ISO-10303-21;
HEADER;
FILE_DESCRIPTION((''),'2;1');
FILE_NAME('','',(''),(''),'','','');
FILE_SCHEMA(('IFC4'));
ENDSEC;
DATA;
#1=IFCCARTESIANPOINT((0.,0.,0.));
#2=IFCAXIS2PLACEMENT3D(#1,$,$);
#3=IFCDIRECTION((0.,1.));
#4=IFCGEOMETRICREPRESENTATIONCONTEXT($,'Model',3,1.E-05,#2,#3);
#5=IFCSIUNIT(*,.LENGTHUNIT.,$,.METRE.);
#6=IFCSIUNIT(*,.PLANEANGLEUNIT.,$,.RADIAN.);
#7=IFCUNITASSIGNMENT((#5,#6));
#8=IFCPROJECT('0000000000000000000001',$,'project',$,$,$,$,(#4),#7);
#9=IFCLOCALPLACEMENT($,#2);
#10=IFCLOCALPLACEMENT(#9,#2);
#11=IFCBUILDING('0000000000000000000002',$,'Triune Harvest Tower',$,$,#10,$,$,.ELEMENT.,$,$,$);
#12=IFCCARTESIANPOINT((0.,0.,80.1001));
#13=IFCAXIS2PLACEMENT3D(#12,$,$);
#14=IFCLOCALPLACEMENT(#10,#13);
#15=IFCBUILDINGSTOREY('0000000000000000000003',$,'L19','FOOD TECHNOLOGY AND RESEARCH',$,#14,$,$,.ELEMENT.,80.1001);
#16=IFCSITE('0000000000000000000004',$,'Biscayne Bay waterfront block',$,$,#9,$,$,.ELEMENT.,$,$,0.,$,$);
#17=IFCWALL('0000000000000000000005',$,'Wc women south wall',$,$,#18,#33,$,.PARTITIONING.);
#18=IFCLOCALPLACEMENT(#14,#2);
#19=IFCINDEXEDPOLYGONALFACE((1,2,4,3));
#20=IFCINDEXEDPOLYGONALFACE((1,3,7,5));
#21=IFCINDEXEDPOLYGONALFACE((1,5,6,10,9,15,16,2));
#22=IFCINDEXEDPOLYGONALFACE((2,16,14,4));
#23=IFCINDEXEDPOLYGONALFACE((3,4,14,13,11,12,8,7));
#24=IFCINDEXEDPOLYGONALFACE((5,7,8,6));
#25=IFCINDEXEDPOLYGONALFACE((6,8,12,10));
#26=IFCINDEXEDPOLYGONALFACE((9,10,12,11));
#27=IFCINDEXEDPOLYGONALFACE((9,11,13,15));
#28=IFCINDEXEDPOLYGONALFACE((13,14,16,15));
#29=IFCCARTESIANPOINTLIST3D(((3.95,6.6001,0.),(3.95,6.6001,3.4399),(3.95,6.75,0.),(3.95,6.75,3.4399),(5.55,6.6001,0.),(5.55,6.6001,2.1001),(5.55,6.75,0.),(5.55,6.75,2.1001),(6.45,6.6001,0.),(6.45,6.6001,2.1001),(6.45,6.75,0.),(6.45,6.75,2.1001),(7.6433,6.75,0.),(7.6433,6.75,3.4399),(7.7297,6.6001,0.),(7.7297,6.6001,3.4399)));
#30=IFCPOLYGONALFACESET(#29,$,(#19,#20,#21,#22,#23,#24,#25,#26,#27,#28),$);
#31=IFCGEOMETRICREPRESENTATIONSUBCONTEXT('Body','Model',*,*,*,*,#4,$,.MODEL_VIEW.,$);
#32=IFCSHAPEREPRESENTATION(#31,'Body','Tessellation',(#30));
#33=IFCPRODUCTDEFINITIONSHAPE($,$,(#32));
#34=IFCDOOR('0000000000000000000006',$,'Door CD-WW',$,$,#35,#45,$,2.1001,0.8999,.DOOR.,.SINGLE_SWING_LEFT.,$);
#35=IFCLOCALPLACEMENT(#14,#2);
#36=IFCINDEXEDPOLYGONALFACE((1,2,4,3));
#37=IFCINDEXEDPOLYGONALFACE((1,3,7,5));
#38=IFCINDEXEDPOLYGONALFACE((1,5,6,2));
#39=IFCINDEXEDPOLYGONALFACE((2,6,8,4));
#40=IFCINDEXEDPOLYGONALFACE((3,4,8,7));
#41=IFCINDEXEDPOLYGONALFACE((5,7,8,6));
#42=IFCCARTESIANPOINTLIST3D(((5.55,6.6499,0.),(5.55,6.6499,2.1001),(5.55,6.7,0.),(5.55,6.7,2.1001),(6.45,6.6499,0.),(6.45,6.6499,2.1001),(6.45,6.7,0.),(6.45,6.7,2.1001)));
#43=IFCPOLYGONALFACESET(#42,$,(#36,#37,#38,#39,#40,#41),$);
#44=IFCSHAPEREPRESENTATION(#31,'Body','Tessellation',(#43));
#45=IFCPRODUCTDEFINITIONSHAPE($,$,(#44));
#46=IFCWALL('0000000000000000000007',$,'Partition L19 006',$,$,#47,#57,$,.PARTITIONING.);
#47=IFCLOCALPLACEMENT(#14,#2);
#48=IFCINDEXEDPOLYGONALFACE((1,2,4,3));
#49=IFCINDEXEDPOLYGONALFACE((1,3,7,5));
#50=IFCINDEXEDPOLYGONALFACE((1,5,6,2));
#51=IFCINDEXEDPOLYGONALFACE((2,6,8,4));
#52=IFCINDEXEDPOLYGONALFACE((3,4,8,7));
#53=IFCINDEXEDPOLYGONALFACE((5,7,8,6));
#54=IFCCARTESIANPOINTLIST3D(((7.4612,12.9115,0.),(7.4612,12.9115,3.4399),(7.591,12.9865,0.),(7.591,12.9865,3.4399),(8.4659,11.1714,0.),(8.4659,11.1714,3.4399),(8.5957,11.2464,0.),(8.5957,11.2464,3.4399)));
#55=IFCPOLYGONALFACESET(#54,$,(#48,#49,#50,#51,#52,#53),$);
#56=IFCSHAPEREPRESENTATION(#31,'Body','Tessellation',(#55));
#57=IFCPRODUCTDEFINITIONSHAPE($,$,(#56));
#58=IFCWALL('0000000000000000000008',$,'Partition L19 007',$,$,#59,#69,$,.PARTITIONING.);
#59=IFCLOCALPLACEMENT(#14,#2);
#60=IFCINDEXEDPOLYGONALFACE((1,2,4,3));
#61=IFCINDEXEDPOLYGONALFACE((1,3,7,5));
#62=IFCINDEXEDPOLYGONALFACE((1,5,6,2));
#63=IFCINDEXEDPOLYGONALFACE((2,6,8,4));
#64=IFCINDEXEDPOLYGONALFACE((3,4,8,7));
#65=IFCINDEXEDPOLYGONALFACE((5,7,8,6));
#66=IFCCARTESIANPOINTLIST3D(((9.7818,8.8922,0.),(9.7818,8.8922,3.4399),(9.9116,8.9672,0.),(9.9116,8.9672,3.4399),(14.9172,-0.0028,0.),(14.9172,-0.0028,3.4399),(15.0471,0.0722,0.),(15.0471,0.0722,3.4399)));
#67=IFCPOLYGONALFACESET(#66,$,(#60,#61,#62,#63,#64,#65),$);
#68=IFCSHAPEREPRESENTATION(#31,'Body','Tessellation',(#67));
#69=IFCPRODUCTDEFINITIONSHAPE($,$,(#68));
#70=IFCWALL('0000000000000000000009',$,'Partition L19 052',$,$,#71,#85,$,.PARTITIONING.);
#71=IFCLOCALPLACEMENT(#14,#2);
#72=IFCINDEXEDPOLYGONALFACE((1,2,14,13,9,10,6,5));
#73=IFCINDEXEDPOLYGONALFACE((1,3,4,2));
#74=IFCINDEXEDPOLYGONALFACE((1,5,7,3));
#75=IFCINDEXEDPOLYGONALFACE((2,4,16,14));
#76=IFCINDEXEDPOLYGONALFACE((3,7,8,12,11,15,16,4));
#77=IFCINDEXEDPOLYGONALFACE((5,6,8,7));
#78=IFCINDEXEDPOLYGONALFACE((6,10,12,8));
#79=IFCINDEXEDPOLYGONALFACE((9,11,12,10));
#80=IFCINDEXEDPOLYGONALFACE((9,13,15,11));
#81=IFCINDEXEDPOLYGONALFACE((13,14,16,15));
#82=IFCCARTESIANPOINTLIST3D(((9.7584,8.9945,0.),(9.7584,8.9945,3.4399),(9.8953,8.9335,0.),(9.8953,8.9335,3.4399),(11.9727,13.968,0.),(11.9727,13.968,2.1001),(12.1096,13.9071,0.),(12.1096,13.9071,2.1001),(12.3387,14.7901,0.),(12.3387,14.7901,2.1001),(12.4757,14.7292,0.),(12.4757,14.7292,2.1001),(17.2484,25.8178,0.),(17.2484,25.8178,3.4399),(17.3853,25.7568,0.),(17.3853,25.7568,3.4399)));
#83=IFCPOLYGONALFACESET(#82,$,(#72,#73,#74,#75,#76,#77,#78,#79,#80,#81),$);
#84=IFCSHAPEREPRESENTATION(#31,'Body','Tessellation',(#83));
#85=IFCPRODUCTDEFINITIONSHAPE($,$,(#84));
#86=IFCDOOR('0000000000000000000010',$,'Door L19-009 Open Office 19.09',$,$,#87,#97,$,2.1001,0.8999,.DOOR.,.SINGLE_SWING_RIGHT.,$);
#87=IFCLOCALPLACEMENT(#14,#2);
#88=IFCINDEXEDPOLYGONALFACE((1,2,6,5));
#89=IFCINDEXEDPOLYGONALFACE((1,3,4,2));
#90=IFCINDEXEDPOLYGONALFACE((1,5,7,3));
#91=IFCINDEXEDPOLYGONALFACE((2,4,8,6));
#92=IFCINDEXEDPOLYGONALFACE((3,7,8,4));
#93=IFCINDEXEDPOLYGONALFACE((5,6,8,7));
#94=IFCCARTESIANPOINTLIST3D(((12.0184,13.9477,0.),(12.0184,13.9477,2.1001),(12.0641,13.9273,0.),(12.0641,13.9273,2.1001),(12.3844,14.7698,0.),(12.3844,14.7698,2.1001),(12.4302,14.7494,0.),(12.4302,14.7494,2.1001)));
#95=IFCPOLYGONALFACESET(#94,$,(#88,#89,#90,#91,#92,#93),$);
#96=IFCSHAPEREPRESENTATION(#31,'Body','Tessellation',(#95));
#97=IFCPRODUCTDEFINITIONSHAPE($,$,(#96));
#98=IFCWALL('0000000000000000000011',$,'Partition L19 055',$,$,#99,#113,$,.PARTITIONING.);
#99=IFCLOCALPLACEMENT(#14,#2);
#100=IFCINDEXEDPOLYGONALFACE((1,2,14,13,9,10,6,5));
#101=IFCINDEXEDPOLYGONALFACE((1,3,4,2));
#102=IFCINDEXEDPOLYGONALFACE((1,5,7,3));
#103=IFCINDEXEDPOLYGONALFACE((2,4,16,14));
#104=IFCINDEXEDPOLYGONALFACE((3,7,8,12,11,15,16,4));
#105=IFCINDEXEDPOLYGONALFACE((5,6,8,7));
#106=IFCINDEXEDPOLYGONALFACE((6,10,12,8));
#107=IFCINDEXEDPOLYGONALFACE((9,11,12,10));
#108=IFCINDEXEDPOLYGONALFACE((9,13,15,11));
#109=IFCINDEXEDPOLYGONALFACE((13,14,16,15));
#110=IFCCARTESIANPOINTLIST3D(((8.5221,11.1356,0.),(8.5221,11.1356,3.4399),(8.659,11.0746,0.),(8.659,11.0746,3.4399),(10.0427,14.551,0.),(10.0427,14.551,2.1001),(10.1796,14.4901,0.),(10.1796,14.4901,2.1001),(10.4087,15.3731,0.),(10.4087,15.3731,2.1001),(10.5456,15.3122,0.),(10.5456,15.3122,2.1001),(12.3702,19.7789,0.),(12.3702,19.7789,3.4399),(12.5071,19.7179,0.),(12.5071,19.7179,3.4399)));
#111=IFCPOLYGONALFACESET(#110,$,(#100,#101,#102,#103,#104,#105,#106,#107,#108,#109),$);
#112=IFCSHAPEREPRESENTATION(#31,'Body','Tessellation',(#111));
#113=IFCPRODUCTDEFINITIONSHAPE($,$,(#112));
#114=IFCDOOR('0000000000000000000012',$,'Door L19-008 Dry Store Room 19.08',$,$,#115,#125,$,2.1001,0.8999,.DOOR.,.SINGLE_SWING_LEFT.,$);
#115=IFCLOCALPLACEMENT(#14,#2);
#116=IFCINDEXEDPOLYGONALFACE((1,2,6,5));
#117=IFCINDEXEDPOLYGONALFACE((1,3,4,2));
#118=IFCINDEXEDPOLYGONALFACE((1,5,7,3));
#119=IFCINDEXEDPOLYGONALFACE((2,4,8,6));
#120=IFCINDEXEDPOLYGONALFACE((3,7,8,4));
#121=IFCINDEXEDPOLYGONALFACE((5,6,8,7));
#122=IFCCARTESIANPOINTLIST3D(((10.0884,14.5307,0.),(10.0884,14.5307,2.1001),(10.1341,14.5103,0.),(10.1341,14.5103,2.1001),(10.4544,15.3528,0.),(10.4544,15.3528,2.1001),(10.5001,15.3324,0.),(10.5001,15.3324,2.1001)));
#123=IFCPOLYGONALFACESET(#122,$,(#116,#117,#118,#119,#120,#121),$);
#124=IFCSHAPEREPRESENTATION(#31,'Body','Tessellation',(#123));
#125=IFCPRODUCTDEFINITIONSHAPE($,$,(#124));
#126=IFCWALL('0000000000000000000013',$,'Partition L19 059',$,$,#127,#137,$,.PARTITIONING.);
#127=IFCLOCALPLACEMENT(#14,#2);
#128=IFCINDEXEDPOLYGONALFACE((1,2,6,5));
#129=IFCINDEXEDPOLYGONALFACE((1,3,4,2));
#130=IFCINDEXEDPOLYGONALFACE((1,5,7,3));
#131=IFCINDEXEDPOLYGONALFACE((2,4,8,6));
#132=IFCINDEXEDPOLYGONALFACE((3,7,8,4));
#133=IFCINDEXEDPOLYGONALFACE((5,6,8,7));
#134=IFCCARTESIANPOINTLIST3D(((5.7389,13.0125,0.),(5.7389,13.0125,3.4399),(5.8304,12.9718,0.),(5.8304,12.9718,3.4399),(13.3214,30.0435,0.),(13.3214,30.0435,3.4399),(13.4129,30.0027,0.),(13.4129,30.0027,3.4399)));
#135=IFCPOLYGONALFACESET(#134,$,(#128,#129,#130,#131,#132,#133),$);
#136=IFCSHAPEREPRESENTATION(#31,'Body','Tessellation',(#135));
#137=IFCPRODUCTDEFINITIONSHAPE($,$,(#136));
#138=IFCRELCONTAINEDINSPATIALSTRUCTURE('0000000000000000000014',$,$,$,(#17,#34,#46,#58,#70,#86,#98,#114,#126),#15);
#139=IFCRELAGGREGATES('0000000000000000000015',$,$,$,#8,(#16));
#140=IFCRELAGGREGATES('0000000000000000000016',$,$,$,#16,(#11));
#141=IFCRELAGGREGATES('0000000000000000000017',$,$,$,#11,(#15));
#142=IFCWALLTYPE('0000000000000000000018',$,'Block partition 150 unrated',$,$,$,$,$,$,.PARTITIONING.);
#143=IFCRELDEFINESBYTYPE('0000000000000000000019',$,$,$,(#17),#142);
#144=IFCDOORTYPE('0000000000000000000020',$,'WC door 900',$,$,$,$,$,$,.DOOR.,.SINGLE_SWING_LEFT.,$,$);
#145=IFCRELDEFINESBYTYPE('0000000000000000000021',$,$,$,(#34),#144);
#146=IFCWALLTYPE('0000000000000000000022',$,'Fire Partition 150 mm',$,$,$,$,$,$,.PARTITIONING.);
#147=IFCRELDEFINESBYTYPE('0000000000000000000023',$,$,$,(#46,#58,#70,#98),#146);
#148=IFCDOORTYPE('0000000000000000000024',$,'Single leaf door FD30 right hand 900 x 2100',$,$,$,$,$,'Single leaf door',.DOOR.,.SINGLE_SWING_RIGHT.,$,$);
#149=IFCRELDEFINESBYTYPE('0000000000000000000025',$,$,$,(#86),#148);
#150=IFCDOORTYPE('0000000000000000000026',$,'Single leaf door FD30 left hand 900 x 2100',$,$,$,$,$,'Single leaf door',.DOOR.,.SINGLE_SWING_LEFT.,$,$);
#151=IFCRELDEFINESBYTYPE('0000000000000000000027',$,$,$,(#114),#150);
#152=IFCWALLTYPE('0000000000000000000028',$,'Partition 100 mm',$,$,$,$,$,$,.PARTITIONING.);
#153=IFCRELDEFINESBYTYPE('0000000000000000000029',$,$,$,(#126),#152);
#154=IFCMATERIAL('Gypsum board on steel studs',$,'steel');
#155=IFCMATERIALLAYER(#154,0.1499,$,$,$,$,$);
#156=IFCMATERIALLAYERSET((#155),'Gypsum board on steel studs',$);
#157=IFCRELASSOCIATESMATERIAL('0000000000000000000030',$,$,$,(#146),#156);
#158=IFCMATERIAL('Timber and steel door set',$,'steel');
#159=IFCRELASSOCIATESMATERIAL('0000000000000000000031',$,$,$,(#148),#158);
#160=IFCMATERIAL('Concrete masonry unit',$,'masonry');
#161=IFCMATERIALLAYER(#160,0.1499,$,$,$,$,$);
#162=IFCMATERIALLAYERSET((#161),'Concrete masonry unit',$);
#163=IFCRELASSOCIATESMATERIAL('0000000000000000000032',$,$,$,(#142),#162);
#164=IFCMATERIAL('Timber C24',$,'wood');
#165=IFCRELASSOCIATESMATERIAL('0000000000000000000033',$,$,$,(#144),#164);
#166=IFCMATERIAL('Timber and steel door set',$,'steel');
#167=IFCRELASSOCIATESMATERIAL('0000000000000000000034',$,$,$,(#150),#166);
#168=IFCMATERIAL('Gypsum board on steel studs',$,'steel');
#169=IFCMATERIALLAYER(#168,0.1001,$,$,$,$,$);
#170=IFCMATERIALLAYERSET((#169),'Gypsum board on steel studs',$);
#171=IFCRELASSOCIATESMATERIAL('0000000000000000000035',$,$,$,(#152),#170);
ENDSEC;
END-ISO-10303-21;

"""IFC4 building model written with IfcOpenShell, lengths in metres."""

from ifc_helpers import new_model, si_unit, direction, frame, frame_2d, origin, place, context, subcontext, project, spatial, polyline, rectangle, outline, extrude, source, transform, mapped, material, layer, layer_set, type_object, element, fill, save


model = new_model("IFC4")

# Units and contexts
model_context = context("Model", 3, precision=1e-05, world=origin(), true_north=direction((0.0, 1.0)))
body_context = subcontext(model_context, "Body", "Model", "MODEL_VIEW")
ifc_project = project(units=[si_unit("LENGTHUNIT", "METRE"), si_unit("PLANEANGLEUNIT", "RADIAN")], contexts=[model_context])

# Site, building, storey
site_placement = place(None, origin())
site = spatial("IfcSite", under=ifc_project, at=site_placement, Name="Biscayne Bay waterfront block", CompositionType="ELEMENT", RefElevation=0.0)
building_placement = place(site_placement, origin())
building = spatial("IfcBuilding", under=site, at=building_placement, Name="Triune Harvest Tower", CompositionType="ELEMENT")
storey_placement = place(building_placement, frame((0.0, 0.0, 80.1001)))
storey = spatial("IfcBuildingStorey", under=building, at=storey_placement, Name="L19", Description="FOOD TECHNOLOGY AND RESEARCH", CompositionType="ELEMENT", Elevation=80.1001)

# Shared definitions
ifc_material_1 = material(Name="Gypsum board on steel studs", Category="steel")
ifc_layer_1 = layer(ifc_material_1, 0.1499)
ifc_layer_set_1 = layer_set([ifc_layer_1], Name="Gypsum board on steel studs")
wall_type_1 = type_object("IfcWallType", Name="Fire Partition 150 mm", PredefinedType="PARTITIONING", material=ifc_layer_set_1)
ifc_material_2 = material(Name="Timber and steel door set", Category="steel")
door_type_1 = type_object("IfcDoorType", Name="Single leaf door FD30 right hand 900 x 2100", ElementType="Single leaf door", OperationType="SINGLE_SWING_RIGHT", PredefinedType="DOOR", material=ifc_material_2)

# Wall, opening, door
ifc_material_3 = material(Name="Concrete masonry unit", Category="masonry")
ifc_layer_2 = layer(ifc_material_3, 0.1499)
ifc_layer_set_2 = layer_set([ifc_layer_2], Name="Concrete masonry unit")
wall_type_2 = type_object("IfcWallType", Name="Block partition 150 unrated", PredefinedType="PARTITIONING", material=ifc_layer_set_2)
ifc_material_4 = material(Name="Timber C24", Category="wood")
door_type_2 = type_object("IfcDoorType", Name="WC door 900", OperationType="SINGLE_SWING_LEFT", PredefinedType="DOOR", material=ifc_material_4)
shared_shape_1 = source(origin(), body_context, "Body", "SweptSolid", [
    extrude(outline(polyline([(0.0, -0.075), (0.0, 0.075), (3.6934, 0.075), (3.7798, -0.075), (0.0, -0.075)])), origin(), (0.0, 0.0, 1.0), 3.4399),
])
wall_1_placement = place(storey_placement, frame((3.95, 6.675, 0.0), z_axis=(0.0, 0.0, 1.0), x_axis=(1.0, 0.0, 0.0)))
wall_1 = element("IfcWall", 1, at=wall_1_placement, inside=storey, type_object=wall_type_2, Name="Wc women south wall", PredefinedType="PARTITIONING", context=body_context, shape_type="MappedRepresentation", body=[
    mapped(shared_shape_1, transform((0.0, 0.0, 0.0), scale=1.0)),
])
opening_1_placement = place(wall_1_placement, frame((1.6001, 0.0, 0.0)))
opening_1 = element("IfcOpeningElement", 2, at=opening_1_placement, cuts=wall_1, PredefinedType="OPENING", context=body_context, shape_type="SweptSolid", body=[
    extrude(rectangle(XDim=0.8999, YDim=2.1001, at=frame_2d((0.45, 1.05))), frame((0.0, 0.085, 0.0), z_axis=(0.0, -1.0, 0.0), x_axis=(1.0, 0.0, 0.0)), (0.0, 0.0, 1.0), 0.1699),
])
door_1_placement = place(opening_1_placement, origin())
door_1 = element("IfcDoor", 3, at=door_1_placement, inside=storey, type_object=door_type_2, Name="Door CD-WW", OperationType="SINGLE_SWING_LEFT", OverallHeight=2.1001, OverallWidth=0.8999, PredefinedType="DOOR", context=body_context, shape_type="SweptSolid", body=[
    extrude(rectangle(XDim=0.8999, YDim=2.1001, at=frame_2d((0.45, 1.05))), frame((0.0, 0.0249, 0.0), z_axis=(0.0, -1.0, 0.0), x_axis=(1.0, 0.0, 0.0)), (0.0, 0.0, 1.0), 0.05),
])
fill(opening_1, door_1)

# Walls
shared_shape_2 = source(origin(), body_context, "Body", "SweptSolid", [
    extrude(rectangle(XDim=2.0093, YDim=0.1499, at=frame_2d((1.0046, 0.0))), origin(), (0.0, 0.0, 1.0), 3.4399),
])
wall_2_placement = place(storey_placement, frame((7.5261, 12.949, 0.0), z_axis=(0.0, 0.0, 1.0), x_axis=(0.50002, -0.866014, 0.0)))
element("IfcWall", 4, at=wall_2_placement, inside=storey, type_object=wall_type_1, Name="Partition L19 006", PredefinedType="PARTITIONING", context=body_context, shape_type="MappedRepresentation", body=[
    mapped(shared_shape_2, transform((0.0, 0.0, 0.0), scale=1.0)),
])
shared_shape_3 = source(origin(), body_context, "Body", "SweptSolid", [
    extrude(rectangle(XDim=10.271, YDim=0.1499, at=frame_2d((5.1355, 0.0))), origin(), (0.0, 0.0, 1.0), 3.4399),
])
wall_3_placement = place(storey_placement, frame((9.8467, 8.9297, 0.0), z_axis=(0.0, 0.0, 1.0), x_axis=(0.499997, -0.866027, 0.0)))
element("IfcWall", 5, at=wall_3_placement, inside=storey, type_object=wall_type_1, Name="Partition L19 007", PredefinedType="PARTITIONING", context=body_context, shape_type="MappedRepresentation", body=[
    mapped(shared_shape_3, transform((0.0, 0.0, 0.0), scale=1.0)),
])

# Walls, openings, doors
shared_shape_4 = source(origin(), body_context, "Body", "SweptSolid", [
    extrude(rectangle(XDim=18.4153, YDim=0.1499, at=frame_2d((9.2075, 0.0))), origin(), (0.0, 0.0, 1.0), 3.4399),
])
wall_4_placement = place(storey_placement, frame((9.8269, 8.9641, 0.0), z_axis=(0.0, 0.0, 1.0), x_axis=(0.406728, 0.913549, 0.0)))
wall_4 = element("IfcWall", 6, at=wall_4_placement, inside=storey, type_object=wall_type_1, Name="Partition L19 052", PredefinedType="PARTITIONING", context=body_context, shape_type="MappedRepresentation", body=[
    mapped(shared_shape_4, transform((0.0, 0.0, 0.0), scale=1.0)),
])
opening_2_placement = place(wall_4_placement, frame((5.4441, 0.0, 0.0)))
opening_2 = element("IfcOpeningElement", 7, at=opening_2_placement, cuts=wall_4, PredefinedType="OPENING", context=body_context, shape_type="SweptSolid", body=[
    extrude(rectangle(XDim=0.8999, YDim=2.1001, at=frame_2d((0.45, 1.05))), frame((0.0, 0.085, 0.0), z_axis=(0.0, -1.0, 0.0), x_axis=(1.0, 0.0, 0.0)), (0.0, 0.0, 1.0), 0.1699),
])
door_2_placement = place(opening_2_placement, origin())
door_2 = element("IfcDoor", 8, at=door_2_placement, inside=storey, type_object=door_type_1, Name="Door L19-009 Open Office 19.09", OperationType="SINGLE_SWING_RIGHT", OverallHeight=2.1001, OverallWidth=0.8999, PredefinedType="DOOR", context=body_context, shape_type="SweptSolid", body=[
    extrude(rectangle(XDim=0.8999, YDim=2.1001, at=frame_2d((0.45, 1.05))), frame((0.0, 0.0249, 0.0), z_axis=(0.0, -1.0, 0.0), x_axis=(1.0, 0.0, 0.0)), (0.0, 0.0, 1.0), 0.05),
])
fill(opening_2, door_2)
shared_shape_5 = source(origin(), body_context, "Body", "SweptSolid", [
    extrude(rectangle(XDim=9.4612, YDim=0.1499, at=frame_2d((4.7305, 0.0))), origin(), (0.0, 0.0, 1.0), 3.4399),
])
wall_5_placement = place(storey_placement, frame((8.5906, 11.1052, 0.0), z_axis=(0.0, 0.0, 1.0), x_axis=(0.406727, 0.91355, 0.0)))
wall_5 = element("IfcWall", 9, at=wall_5_placement, inside=storey, type_object=wall_type_1, Name="Partition L19 055", PredefinedType="PARTITIONING", context=body_context, shape_type="MappedRepresentation", body=[
    mapped(shared_shape_5, transform((0.0, 0.0, 0.0), scale=1.0)),
])
opening_3_placement = place(wall_5_placement, frame((3.7385, 0.0, 0.0)))
opening_3 = element("IfcOpeningElement", 10, at=opening_3_placement, cuts=wall_5, PredefinedType="OPENING", context=body_context, shape_type="SweptSolid", body=[
    extrude(rectangle(XDim=0.8999, YDim=2.1001, at=frame_2d((0.45, 1.05))), frame((0.0, 0.085, 0.0), z_axis=(0.0, -1.0, 0.0), x_axis=(1.0, 0.0, 0.0)), (0.0, 0.0, 1.0), 0.1699),
])
ifc_material_5 = material(Name="Timber and steel door set", Category="steel")
door_type_3 = type_object("IfcDoorType", Name="Single leaf door FD30 left hand 900 x 2100", ElementType="Single leaf door", OperationType="SINGLE_SWING_LEFT", PredefinedType="DOOR", material=ifc_material_5)
door_3_placement = place(opening_3_placement, origin())
door_3 = element("IfcDoor", 11, at=door_3_placement, inside=storey, type_object=door_type_3, Name="Door L19-008 Dry Store Room 19.08", OperationType="SINGLE_SWING_LEFT", OverallHeight=2.1001, OverallWidth=0.8999, PredefinedType="DOOR", context=body_context, shape_type="SweptSolid", body=[
    extrude(rectangle(XDim=0.8999, YDim=2.1001, at=frame_2d((0.45, 1.05))), frame((0.0, 0.0249, 0.0), z_axis=(0.0, -1.0, 0.0), x_axis=(1.0, 0.0, 0.0)), (0.0, 0.0, 1.0), 0.05),
])
fill(opening_3, door_3)

# Wall
ifc_material_6 = material(Name="Gypsum board on steel studs", Category="steel")
ifc_layer_3 = layer(ifc_material_6, 0.1001)
ifc_layer_set_3 = layer_set([ifc_layer_3], Name="Gypsum board on steel studs")
wall_type_3 = type_object("IfcWallType", Name="Partition 100 mm", PredefinedType="PARTITIONING", material=ifc_layer_set_3)
shared_shape_6 = source(origin(), body_context, "Body", "SweptSolid", [
    extrude(rectangle(XDim=18.6426, YDim=0.1001, at=frame_2d((9.3213, 0.0))), origin(), (0.0, 0.0, 1.0), 3.4399),
])
wall_6_placement = place(storey_placement, frame((5.7847, 12.9922, 0.0), z_axis=(0.0, 0.0, 1.0), x_axis=(0.406729, 0.913549, 0.0)))
element("IfcWall", 12, at=wall_6_placement, inside=storey, type_object=wall_type_3, Name="Partition L19 059", PredefinedType="PARTITIONING", context=body_context, shape_type="MappedRepresentation", body=[
    mapped(shared_shape_6, transform((0.0, 0.0, 0.0), scale=1.0)),
])

save(model, "model.ifc")
